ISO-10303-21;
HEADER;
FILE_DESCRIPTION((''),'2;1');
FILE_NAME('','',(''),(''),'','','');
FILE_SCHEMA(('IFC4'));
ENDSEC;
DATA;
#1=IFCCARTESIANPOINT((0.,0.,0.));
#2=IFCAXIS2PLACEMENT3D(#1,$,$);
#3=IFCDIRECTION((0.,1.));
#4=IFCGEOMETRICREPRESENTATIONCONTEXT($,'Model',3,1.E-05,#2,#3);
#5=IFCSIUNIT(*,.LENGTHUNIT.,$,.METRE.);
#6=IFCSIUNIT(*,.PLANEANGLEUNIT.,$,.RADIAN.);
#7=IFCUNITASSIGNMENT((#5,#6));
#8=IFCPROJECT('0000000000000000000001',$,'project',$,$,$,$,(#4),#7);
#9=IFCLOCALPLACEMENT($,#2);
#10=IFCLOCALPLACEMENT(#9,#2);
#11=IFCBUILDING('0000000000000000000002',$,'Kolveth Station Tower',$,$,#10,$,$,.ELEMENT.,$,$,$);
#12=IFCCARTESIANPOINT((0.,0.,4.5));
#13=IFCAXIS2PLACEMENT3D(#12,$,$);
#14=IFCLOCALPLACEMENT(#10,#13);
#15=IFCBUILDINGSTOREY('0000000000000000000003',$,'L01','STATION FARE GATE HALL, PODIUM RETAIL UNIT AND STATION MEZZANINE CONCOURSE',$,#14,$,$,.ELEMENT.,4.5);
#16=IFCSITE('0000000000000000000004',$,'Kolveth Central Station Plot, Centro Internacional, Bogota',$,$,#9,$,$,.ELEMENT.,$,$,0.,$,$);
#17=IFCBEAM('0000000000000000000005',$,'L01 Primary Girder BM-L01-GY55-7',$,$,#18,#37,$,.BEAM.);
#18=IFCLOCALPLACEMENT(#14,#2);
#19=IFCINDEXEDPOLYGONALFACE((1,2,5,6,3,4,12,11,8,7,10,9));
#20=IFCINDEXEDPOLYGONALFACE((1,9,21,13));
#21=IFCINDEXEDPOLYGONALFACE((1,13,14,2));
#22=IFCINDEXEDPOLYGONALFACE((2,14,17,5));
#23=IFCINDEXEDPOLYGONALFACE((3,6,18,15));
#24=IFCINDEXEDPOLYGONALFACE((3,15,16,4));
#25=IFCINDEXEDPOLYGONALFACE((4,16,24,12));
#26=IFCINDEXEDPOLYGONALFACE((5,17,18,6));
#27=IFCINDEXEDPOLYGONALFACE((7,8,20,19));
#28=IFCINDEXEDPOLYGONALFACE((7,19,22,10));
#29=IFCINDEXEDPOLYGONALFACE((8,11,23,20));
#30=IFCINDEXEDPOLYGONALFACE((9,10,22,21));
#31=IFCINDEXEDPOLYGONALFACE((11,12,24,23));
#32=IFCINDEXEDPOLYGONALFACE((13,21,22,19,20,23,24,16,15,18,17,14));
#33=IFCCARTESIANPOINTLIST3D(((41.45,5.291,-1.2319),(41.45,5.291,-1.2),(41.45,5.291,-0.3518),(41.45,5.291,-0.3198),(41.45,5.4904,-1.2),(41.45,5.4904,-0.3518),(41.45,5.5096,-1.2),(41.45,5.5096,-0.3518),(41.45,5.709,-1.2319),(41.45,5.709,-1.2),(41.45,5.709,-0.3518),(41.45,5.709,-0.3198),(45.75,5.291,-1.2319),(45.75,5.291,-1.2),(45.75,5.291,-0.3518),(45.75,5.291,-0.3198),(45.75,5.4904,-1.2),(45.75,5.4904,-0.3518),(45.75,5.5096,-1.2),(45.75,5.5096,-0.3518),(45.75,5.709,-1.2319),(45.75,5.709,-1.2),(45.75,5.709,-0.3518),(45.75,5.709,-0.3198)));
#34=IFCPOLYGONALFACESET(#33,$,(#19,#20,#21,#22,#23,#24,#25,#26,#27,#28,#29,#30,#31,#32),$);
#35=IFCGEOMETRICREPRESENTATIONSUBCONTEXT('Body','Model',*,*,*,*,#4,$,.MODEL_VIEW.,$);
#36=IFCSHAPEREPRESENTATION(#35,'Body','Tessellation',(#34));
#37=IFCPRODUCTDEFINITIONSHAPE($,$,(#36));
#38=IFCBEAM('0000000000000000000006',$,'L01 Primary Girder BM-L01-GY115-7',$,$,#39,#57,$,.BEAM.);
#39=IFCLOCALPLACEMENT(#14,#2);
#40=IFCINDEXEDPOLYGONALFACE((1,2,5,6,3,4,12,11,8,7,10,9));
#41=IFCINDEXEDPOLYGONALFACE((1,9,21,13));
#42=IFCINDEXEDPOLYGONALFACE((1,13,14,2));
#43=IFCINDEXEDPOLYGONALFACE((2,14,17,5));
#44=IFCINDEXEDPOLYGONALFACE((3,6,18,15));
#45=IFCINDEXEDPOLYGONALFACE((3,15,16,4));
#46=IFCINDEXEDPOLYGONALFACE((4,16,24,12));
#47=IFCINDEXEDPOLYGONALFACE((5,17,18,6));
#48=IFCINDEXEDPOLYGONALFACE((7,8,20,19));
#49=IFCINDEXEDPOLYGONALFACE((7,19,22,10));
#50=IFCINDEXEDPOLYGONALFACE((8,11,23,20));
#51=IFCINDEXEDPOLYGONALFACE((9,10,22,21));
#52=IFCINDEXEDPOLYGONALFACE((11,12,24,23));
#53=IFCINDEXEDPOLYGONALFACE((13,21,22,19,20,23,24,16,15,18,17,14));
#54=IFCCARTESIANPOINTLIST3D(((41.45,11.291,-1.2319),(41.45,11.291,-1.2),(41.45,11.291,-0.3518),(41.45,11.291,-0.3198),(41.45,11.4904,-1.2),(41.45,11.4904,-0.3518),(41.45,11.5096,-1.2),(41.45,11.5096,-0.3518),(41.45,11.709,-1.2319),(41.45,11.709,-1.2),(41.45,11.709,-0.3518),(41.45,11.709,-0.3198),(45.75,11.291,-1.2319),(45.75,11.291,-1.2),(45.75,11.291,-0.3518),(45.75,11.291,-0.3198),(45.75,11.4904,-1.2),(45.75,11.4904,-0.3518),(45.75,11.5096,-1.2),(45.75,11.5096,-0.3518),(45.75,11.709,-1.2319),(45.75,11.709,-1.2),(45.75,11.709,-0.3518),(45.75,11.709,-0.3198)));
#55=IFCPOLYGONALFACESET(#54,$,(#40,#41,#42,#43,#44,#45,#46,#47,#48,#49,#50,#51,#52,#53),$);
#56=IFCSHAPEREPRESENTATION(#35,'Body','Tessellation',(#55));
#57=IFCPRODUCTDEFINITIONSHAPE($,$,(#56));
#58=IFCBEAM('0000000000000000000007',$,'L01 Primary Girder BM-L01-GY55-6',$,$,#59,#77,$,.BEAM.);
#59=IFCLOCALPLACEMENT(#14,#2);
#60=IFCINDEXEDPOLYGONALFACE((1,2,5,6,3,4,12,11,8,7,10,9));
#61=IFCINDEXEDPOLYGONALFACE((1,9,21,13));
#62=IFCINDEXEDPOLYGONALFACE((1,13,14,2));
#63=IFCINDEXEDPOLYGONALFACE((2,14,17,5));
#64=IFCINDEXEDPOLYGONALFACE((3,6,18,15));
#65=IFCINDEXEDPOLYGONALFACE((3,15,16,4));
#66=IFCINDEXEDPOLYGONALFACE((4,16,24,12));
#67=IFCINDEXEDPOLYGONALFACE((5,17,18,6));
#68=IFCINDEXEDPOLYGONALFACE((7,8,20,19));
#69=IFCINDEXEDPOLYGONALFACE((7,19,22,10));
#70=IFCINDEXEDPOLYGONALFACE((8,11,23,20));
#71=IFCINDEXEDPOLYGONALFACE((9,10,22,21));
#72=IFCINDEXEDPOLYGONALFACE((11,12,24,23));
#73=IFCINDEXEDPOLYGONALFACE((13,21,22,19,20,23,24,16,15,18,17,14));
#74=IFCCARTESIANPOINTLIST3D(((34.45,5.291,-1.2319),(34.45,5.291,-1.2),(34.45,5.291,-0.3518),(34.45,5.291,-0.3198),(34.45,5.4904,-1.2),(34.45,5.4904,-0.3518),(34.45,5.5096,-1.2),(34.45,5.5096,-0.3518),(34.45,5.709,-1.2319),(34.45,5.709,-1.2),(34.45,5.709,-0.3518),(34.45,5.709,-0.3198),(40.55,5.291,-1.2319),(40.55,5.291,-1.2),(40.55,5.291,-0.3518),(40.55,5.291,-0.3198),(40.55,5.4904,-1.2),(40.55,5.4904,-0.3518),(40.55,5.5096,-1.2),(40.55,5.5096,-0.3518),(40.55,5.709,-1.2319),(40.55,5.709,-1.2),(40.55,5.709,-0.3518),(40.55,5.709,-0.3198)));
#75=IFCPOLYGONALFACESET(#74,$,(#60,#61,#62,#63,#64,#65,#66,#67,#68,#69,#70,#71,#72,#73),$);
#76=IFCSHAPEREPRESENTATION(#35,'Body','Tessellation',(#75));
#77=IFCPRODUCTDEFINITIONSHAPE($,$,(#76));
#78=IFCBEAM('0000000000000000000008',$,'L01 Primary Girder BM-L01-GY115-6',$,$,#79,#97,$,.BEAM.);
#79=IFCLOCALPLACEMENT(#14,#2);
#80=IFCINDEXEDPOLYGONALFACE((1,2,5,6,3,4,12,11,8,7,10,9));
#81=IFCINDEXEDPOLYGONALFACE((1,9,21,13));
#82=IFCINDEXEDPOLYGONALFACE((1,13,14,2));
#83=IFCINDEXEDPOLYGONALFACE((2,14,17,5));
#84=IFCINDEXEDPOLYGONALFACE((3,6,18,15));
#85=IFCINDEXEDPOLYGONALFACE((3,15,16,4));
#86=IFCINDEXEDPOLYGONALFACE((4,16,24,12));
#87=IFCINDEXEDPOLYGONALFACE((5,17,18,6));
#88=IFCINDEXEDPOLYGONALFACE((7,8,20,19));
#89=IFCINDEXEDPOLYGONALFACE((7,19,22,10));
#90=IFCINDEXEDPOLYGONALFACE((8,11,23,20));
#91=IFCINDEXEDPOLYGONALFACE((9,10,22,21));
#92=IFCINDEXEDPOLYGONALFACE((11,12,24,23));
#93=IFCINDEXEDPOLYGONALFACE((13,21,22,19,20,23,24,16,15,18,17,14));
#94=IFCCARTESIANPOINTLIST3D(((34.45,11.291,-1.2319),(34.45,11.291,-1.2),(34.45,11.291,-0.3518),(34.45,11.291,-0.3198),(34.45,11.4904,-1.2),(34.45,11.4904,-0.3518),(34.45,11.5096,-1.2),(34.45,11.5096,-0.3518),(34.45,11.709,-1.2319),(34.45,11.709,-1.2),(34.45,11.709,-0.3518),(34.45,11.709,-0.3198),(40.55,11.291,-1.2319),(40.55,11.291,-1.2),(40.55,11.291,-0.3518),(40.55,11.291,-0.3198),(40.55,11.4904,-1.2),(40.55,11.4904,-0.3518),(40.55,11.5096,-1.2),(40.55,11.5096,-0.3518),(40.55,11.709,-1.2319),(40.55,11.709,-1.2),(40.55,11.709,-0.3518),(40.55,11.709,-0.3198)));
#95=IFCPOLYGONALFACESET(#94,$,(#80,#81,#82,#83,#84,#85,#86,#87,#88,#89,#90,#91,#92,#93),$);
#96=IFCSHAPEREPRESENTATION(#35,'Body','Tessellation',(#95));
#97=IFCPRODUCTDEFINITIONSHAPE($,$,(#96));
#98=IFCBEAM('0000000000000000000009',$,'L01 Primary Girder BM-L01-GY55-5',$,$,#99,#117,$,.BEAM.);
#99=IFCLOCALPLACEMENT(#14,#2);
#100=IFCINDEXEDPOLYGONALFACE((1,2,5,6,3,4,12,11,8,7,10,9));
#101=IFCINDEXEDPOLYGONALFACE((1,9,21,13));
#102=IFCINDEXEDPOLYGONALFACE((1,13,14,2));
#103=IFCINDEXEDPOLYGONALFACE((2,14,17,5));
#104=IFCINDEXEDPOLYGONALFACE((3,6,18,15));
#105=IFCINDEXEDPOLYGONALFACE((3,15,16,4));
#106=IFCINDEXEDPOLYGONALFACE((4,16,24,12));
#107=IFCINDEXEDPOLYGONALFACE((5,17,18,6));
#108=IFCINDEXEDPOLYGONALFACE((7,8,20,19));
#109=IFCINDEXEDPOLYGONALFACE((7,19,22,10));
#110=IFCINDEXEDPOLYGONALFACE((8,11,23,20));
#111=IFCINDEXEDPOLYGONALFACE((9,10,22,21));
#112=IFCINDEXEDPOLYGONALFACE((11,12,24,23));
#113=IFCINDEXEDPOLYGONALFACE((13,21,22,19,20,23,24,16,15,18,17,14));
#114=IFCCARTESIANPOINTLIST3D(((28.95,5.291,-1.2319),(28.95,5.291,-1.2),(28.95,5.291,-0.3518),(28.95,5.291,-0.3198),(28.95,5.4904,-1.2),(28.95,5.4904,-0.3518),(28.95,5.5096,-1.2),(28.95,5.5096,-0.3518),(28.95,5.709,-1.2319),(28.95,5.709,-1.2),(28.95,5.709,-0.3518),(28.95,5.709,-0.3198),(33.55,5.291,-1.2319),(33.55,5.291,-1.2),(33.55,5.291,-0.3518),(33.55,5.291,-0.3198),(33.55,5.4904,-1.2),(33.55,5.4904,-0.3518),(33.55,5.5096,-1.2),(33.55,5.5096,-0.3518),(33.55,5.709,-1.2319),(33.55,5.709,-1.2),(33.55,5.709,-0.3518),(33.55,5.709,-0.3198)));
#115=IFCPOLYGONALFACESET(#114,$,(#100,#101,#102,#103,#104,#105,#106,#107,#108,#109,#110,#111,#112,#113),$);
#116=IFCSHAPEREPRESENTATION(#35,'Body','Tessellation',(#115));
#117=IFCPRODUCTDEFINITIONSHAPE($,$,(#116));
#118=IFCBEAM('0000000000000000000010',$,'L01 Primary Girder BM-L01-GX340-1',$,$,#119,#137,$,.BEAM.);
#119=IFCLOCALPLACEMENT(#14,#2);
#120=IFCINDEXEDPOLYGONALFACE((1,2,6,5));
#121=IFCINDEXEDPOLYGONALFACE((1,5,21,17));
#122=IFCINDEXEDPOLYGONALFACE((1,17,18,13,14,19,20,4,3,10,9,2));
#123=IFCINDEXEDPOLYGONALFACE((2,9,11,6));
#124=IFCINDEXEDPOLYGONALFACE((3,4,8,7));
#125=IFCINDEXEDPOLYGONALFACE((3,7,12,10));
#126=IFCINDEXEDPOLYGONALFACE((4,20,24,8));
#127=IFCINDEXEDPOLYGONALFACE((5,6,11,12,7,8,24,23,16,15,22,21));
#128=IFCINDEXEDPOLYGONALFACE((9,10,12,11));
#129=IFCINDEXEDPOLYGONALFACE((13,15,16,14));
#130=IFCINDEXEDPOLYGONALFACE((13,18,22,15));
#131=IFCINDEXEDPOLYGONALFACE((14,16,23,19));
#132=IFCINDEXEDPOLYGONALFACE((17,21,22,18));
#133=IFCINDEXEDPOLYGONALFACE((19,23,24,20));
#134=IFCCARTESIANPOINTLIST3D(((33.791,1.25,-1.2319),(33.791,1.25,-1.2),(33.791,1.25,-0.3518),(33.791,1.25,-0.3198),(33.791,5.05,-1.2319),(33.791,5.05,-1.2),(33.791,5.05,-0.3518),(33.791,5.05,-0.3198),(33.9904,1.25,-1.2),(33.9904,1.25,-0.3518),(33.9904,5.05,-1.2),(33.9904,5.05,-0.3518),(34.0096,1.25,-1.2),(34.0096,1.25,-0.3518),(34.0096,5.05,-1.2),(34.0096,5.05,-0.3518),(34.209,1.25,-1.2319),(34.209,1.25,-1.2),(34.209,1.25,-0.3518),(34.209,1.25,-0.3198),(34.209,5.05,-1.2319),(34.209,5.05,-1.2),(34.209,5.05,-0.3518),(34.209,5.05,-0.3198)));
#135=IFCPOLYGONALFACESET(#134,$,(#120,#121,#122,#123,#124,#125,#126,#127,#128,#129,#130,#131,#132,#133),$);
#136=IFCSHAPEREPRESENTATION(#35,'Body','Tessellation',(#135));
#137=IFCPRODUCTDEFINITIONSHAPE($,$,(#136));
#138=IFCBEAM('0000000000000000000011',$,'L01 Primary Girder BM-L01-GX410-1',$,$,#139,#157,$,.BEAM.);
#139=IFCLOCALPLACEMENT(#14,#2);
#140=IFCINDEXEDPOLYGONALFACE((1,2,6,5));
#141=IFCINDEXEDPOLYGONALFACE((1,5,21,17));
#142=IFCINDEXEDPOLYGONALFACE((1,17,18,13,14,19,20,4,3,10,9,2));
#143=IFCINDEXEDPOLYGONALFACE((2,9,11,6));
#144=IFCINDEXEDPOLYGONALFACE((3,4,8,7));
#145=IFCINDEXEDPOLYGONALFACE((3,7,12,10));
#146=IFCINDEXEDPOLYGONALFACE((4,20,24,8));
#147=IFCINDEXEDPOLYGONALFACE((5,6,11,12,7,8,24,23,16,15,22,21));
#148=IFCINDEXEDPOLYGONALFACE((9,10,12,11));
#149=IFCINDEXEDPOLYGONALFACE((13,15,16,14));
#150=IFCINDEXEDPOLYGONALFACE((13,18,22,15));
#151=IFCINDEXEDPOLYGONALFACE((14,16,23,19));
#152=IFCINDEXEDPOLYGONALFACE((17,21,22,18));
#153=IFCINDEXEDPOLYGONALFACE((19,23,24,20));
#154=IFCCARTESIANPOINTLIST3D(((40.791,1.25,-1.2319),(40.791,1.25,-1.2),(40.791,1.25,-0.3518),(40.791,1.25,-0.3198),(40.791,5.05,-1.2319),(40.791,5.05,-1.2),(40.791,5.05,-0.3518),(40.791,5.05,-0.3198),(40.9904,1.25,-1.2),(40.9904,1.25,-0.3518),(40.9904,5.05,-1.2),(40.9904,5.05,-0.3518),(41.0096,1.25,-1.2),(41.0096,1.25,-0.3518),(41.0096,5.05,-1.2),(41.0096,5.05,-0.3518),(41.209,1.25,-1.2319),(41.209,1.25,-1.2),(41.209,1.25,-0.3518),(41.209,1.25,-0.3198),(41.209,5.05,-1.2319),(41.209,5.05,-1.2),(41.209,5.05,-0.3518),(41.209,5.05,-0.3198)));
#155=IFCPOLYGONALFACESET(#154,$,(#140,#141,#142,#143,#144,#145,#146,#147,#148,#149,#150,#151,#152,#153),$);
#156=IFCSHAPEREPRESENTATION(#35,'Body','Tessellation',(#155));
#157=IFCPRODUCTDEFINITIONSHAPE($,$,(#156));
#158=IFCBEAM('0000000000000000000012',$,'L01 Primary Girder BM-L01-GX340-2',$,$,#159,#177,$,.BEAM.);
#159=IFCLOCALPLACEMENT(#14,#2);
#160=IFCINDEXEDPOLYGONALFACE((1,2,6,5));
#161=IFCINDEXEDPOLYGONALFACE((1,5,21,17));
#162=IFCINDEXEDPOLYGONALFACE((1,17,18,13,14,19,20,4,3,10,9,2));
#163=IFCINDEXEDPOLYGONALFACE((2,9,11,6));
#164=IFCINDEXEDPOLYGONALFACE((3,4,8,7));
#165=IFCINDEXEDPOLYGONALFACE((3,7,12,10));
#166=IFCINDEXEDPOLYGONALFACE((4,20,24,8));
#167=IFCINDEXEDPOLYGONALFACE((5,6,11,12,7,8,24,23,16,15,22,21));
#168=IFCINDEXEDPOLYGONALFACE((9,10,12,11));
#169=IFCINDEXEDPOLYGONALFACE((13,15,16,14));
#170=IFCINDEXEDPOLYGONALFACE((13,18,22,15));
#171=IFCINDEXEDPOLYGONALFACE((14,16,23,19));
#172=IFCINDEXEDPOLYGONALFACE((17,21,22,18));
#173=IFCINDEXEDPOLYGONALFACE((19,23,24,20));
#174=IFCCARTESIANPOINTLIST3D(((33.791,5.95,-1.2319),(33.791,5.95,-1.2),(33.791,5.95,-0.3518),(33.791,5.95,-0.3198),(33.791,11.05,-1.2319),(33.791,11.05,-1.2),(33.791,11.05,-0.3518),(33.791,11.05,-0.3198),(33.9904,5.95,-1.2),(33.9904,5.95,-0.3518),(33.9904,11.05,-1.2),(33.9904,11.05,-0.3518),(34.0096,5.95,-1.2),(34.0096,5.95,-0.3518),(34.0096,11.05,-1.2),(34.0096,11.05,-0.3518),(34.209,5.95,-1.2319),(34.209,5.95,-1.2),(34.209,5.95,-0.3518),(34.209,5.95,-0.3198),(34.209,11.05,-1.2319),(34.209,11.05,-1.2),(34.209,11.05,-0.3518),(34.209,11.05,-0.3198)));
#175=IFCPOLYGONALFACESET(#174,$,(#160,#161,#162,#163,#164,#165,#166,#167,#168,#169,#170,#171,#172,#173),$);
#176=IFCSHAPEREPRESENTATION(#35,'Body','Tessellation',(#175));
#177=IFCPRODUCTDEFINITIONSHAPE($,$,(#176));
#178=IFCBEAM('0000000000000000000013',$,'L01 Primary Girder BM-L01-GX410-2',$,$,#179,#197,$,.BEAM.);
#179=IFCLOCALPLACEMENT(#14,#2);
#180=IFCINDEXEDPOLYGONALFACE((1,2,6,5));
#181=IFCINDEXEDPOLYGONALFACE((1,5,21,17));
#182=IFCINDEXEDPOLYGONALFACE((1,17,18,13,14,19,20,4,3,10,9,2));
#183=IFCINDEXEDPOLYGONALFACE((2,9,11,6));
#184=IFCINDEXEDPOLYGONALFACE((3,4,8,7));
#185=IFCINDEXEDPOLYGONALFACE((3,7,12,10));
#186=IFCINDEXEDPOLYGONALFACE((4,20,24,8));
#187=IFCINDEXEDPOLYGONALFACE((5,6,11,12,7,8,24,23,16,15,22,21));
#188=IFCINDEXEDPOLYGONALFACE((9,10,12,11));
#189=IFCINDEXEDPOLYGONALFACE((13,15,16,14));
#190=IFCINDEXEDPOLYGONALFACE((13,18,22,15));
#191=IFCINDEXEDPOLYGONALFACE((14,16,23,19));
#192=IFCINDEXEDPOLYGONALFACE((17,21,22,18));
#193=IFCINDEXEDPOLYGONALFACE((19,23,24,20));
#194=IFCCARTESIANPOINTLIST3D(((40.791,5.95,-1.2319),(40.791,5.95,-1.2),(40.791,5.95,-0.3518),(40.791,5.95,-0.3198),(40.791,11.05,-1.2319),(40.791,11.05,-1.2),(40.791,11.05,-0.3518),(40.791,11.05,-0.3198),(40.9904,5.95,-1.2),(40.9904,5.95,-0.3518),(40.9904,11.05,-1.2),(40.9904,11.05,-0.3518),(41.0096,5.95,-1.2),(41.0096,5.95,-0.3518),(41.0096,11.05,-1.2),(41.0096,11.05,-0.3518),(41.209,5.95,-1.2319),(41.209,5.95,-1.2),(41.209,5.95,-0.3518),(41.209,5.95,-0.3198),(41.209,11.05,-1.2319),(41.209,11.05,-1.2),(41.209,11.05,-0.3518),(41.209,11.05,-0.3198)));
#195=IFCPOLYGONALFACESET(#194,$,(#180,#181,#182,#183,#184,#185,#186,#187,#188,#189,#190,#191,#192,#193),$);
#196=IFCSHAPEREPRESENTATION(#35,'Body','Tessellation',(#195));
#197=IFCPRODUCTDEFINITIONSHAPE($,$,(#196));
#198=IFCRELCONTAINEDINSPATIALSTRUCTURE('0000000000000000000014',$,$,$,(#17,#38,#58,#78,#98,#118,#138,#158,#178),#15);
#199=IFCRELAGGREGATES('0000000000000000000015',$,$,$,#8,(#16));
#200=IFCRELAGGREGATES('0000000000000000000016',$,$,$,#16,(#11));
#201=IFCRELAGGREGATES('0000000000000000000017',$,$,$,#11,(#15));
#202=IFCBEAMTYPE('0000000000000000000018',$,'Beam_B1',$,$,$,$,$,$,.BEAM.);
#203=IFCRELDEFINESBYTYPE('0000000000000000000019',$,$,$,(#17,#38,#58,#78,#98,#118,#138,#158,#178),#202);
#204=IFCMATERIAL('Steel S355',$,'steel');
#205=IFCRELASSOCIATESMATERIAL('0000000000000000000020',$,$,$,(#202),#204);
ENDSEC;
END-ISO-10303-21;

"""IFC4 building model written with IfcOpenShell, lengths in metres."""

from ifc_helpers import new_model, si_unit, direction, frame, origin, origin_2d, place, context, subcontext, project, spatial, i_section, extrude, source, transform, mapped, material, material_profile, profile_set, type_object, element, save


model = new_model("IFC4")

# Units and contexts
model_context = context("Model", 3, precision=1e-05, world=origin(), true_north=direction((0.0, 1.0)))
body_context = subcontext(model_context, "Body", "Model", "MODEL_VIEW")
ifc_project = project(units=[si_unit("LENGTHUNIT", "METRE"), si_unit("PLANEANGLEUNIT", "RADIAN")], contexts=[model_context])

# Site, building, storey
site_placement = place(None, origin())
site = spatial("IfcSite", under=ifc_project, at=site_placement, Name="Kolveth Central Station Plot, Centro Internacional, Bogota", CompositionType="ELEMENT", RefElevation=0.0)
building_placement = place(site_placement, origin())
building = spatial("IfcBuilding", under=site, at=building_placement, Name="Kolveth Station Tower", CompositionType="ELEMENT")
storey_placement = place(building_placement, frame((0.0, 0.0, 4.5)))
storey = spatial("IfcBuildingStorey", under=building, at=storey_placement, Name="L01", Description="STATION FARE GATE HALL, PODIUM RETAIL UNIT AND STATION MEZZANINE CONCOURSE", CompositionType="ELEMENT", Elevation=4.5)

# Beams
ifc_material_1 = material(Name="Steel S355", Category="steel")
ifc_material_profile_1 = material_profile(ifc_material_1, i_section(OverallWidth=0.418, OverallDepth=0.9121, WebThickness=0.0193, FlangeThickness=0.032, at=origin_2d()), Name="W920x342")
ifc_profile_set_1 = profile_set([ifc_material_profile_1], Name="Steel S355")
beam_type_1 = type_object("IfcBeamType", Name="Beam_B1", PredefinedType="BEAM", material=ifc_profile_set_1)
shared_shape_1 = source(origin(), body_context, "Body", "SweptSolid", [
    extrude(i_section(OverallWidth=0.418, OverallDepth=0.9121, WebThickness=0.0193, FlangeThickness=0.032, at=origin_2d()), origin(), (0.0, 0.0, 1.0), 4.3),
])
for number, where, z_axis, x_axis, name in (
    (1, (41.45, 5.5, -0.7759), (1.0, 0.0, 0.0), (0.0, 1.0, 0.0), "L01 Primary Girder BM-L01-GY55-7"),
    (2, (41.45, 11.5, -0.7759), (1.0, 0.0, 0.0), (0.0, 1.0, 0.0), "L01 Primary Girder BM-L01-GY115-7"),
):
    element("IfcBeam", number, at=place(storey_placement, frame(where, z_axis=z_axis, x_axis=x_axis)), inside=storey, type_object=beam_type_1, Name=name, PredefinedType="BEAM", context=body_context, shape_type="MappedRepresentation", body=[
        mapped(shared_shape_1, transform((0.0, 0.0, 0.0), x_axis=(1.0, 0.0, 0.0), y_axis=(0.0, 1.0, 0.0), z_axis=(0.0, 0.0, 1.0), scale=1.0)),
    ])
shared_shape_2 = source(origin(), body_context, "Body", "SweptSolid", [
    extrude(i_section(OverallWidth=0.418, OverallDepth=0.9121, WebThickness=0.0193, FlangeThickness=0.032, at=origin_2d()), origin(), (0.0, 0.0, 1.0), 6.1001),
])
for number, where, z_axis, x_axis, name in (
    (3, (34.45, 5.5, -0.7759), (1.0, 0.0, 0.0), (0.0, 1.0, 0.0), "L01 Primary Girder BM-L01-GY55-6"),
    (4, (34.45, 11.5, -0.7759), (1.0, 0.0, 0.0), (0.0, 1.0, 0.0), "L01 Primary Girder BM-L01-GY115-6"),
):
    element("IfcBeam", number, at=place(storey_placement, frame(where, z_axis=z_axis, x_axis=x_axis)), inside=storey, type_object=beam_type_1, Name=name, PredefinedType="BEAM", context=body_context, shape_type="MappedRepresentation", body=[
        mapped(shared_shape_2, transform((0.0, 0.0, 0.0), x_axis=(1.0, 0.0, 0.0), y_axis=(0.0, 1.0, 0.0), z_axis=(0.0, 0.0, 1.0), scale=1.0)),
    ])
shared_shape_3 = source(origin(), body_context, "Body", "SweptSolid", [
    extrude(i_section(OverallWidth=0.418, OverallDepth=0.9121, WebThickness=0.0193, FlangeThickness=0.032, at=origin_2d()), origin(), (0.0, 0.0, 1.0), 4.6001),
])
beam_1_placement = place(storey_placement, frame((28.95, 5.5, -0.7759), z_axis=(1.0, 0.0, 0.0), x_axis=(0.0, 1.0, 0.0)))
element("IfcBeam", 5, at=beam_1_placement, inside=storey, type_object=beam_type_1, Name="L01 Primary Girder BM-L01-GY55-5", PredefinedType="BEAM", context=body_context, shape_type="MappedRepresentation", body=[
    mapped(shared_shape_3, transform((0.0, 0.0, 0.0), x_axis=(1.0, 0.0, 0.0), y_axis=(0.0, 1.0, 0.0), z_axis=(0.0, 0.0, 1.0), scale=1.0)),
])
shared_shape_4 = source(origin(), body_context, "Body", "SweptSolid", [
    extrude(i_section(OverallWidth=0.418, OverallDepth=0.9121, WebThickness=0.0193, FlangeThickness=0.032, at=origin_2d()), origin(), (0.0, 0.0, 1.0), 3.8),
])
for number, where, z_axis, x_axis, name in (
    (6, (34.0, 1.25, -0.7759), (0.0, 1.0, 0.0), (-1.0, 0.0, 0.0), "L01 Primary Girder BM-L01-GX340-1"),
    (7, (41.0, 1.25, -0.7759), (0.0, 1.0, 0.0), (-1.0, 0.0, 0.0), "L01 Primary Girder BM-L01-GX410-1"),
):
    element("IfcBeam", number, at=place(storey_placement, frame(where, z_axis=z_axis, x_axis=x_axis)), inside=storey, type_object=beam_type_1, Name=name, PredefinedType="BEAM", context=body_context, shape_type="MappedRepresentation", body=[
        mapped(shared_shape_4, transform((0.0, 0.0, 0.0), x_axis=(1.0, 0.0, 0.0), y_axis=(0.0, 1.0, 0.0), z_axis=(0.0, 0.0, 1.0), scale=1.0)),
    ])
shared_shape_5 = source(origin(), body_context, "Body", "SweptSolid", [
    extrude(i_section(OverallWidth=0.418, OverallDepth=0.9121, WebThickness=0.0193, FlangeThickness=0.032, at=origin_2d()), origin(), (0.0, 0.0, 1.0), 5.1001),
])
for number, where, z_axis, x_axis, name in (
    (8, (34.0, 5.95, -0.7759), (0.0, 1.0, 0.0), (-1.0, 0.0, 0.0), "L01 Primary Girder BM-L01-GX340-2"),
    (9, (41.0, 5.95, -0.7759), (0.0, 1.0, 0.0), (-1.0, 0.0, 0.0), "L01 Primary Girder BM-L01-GX410-2"),
):
    element("IfcBeam", number, at=place(storey_placement, frame(where, z_axis=z_axis, x_axis=x_axis)), inside=storey, type_object=beam_type_1, Name=name, PredefinedType="BEAM", context=body_context, shape_type="MappedRepresentation", body=[
        mapped(shared_shape_5, transform((0.0, 0.0, 0.0), x_axis=(1.0, 0.0, 0.0), y_axis=(0.0, 1.0, 0.0), z_axis=(0.0, 0.0, 1.0), scale=1.0)),
    ])

save(model, "model.ifc")
